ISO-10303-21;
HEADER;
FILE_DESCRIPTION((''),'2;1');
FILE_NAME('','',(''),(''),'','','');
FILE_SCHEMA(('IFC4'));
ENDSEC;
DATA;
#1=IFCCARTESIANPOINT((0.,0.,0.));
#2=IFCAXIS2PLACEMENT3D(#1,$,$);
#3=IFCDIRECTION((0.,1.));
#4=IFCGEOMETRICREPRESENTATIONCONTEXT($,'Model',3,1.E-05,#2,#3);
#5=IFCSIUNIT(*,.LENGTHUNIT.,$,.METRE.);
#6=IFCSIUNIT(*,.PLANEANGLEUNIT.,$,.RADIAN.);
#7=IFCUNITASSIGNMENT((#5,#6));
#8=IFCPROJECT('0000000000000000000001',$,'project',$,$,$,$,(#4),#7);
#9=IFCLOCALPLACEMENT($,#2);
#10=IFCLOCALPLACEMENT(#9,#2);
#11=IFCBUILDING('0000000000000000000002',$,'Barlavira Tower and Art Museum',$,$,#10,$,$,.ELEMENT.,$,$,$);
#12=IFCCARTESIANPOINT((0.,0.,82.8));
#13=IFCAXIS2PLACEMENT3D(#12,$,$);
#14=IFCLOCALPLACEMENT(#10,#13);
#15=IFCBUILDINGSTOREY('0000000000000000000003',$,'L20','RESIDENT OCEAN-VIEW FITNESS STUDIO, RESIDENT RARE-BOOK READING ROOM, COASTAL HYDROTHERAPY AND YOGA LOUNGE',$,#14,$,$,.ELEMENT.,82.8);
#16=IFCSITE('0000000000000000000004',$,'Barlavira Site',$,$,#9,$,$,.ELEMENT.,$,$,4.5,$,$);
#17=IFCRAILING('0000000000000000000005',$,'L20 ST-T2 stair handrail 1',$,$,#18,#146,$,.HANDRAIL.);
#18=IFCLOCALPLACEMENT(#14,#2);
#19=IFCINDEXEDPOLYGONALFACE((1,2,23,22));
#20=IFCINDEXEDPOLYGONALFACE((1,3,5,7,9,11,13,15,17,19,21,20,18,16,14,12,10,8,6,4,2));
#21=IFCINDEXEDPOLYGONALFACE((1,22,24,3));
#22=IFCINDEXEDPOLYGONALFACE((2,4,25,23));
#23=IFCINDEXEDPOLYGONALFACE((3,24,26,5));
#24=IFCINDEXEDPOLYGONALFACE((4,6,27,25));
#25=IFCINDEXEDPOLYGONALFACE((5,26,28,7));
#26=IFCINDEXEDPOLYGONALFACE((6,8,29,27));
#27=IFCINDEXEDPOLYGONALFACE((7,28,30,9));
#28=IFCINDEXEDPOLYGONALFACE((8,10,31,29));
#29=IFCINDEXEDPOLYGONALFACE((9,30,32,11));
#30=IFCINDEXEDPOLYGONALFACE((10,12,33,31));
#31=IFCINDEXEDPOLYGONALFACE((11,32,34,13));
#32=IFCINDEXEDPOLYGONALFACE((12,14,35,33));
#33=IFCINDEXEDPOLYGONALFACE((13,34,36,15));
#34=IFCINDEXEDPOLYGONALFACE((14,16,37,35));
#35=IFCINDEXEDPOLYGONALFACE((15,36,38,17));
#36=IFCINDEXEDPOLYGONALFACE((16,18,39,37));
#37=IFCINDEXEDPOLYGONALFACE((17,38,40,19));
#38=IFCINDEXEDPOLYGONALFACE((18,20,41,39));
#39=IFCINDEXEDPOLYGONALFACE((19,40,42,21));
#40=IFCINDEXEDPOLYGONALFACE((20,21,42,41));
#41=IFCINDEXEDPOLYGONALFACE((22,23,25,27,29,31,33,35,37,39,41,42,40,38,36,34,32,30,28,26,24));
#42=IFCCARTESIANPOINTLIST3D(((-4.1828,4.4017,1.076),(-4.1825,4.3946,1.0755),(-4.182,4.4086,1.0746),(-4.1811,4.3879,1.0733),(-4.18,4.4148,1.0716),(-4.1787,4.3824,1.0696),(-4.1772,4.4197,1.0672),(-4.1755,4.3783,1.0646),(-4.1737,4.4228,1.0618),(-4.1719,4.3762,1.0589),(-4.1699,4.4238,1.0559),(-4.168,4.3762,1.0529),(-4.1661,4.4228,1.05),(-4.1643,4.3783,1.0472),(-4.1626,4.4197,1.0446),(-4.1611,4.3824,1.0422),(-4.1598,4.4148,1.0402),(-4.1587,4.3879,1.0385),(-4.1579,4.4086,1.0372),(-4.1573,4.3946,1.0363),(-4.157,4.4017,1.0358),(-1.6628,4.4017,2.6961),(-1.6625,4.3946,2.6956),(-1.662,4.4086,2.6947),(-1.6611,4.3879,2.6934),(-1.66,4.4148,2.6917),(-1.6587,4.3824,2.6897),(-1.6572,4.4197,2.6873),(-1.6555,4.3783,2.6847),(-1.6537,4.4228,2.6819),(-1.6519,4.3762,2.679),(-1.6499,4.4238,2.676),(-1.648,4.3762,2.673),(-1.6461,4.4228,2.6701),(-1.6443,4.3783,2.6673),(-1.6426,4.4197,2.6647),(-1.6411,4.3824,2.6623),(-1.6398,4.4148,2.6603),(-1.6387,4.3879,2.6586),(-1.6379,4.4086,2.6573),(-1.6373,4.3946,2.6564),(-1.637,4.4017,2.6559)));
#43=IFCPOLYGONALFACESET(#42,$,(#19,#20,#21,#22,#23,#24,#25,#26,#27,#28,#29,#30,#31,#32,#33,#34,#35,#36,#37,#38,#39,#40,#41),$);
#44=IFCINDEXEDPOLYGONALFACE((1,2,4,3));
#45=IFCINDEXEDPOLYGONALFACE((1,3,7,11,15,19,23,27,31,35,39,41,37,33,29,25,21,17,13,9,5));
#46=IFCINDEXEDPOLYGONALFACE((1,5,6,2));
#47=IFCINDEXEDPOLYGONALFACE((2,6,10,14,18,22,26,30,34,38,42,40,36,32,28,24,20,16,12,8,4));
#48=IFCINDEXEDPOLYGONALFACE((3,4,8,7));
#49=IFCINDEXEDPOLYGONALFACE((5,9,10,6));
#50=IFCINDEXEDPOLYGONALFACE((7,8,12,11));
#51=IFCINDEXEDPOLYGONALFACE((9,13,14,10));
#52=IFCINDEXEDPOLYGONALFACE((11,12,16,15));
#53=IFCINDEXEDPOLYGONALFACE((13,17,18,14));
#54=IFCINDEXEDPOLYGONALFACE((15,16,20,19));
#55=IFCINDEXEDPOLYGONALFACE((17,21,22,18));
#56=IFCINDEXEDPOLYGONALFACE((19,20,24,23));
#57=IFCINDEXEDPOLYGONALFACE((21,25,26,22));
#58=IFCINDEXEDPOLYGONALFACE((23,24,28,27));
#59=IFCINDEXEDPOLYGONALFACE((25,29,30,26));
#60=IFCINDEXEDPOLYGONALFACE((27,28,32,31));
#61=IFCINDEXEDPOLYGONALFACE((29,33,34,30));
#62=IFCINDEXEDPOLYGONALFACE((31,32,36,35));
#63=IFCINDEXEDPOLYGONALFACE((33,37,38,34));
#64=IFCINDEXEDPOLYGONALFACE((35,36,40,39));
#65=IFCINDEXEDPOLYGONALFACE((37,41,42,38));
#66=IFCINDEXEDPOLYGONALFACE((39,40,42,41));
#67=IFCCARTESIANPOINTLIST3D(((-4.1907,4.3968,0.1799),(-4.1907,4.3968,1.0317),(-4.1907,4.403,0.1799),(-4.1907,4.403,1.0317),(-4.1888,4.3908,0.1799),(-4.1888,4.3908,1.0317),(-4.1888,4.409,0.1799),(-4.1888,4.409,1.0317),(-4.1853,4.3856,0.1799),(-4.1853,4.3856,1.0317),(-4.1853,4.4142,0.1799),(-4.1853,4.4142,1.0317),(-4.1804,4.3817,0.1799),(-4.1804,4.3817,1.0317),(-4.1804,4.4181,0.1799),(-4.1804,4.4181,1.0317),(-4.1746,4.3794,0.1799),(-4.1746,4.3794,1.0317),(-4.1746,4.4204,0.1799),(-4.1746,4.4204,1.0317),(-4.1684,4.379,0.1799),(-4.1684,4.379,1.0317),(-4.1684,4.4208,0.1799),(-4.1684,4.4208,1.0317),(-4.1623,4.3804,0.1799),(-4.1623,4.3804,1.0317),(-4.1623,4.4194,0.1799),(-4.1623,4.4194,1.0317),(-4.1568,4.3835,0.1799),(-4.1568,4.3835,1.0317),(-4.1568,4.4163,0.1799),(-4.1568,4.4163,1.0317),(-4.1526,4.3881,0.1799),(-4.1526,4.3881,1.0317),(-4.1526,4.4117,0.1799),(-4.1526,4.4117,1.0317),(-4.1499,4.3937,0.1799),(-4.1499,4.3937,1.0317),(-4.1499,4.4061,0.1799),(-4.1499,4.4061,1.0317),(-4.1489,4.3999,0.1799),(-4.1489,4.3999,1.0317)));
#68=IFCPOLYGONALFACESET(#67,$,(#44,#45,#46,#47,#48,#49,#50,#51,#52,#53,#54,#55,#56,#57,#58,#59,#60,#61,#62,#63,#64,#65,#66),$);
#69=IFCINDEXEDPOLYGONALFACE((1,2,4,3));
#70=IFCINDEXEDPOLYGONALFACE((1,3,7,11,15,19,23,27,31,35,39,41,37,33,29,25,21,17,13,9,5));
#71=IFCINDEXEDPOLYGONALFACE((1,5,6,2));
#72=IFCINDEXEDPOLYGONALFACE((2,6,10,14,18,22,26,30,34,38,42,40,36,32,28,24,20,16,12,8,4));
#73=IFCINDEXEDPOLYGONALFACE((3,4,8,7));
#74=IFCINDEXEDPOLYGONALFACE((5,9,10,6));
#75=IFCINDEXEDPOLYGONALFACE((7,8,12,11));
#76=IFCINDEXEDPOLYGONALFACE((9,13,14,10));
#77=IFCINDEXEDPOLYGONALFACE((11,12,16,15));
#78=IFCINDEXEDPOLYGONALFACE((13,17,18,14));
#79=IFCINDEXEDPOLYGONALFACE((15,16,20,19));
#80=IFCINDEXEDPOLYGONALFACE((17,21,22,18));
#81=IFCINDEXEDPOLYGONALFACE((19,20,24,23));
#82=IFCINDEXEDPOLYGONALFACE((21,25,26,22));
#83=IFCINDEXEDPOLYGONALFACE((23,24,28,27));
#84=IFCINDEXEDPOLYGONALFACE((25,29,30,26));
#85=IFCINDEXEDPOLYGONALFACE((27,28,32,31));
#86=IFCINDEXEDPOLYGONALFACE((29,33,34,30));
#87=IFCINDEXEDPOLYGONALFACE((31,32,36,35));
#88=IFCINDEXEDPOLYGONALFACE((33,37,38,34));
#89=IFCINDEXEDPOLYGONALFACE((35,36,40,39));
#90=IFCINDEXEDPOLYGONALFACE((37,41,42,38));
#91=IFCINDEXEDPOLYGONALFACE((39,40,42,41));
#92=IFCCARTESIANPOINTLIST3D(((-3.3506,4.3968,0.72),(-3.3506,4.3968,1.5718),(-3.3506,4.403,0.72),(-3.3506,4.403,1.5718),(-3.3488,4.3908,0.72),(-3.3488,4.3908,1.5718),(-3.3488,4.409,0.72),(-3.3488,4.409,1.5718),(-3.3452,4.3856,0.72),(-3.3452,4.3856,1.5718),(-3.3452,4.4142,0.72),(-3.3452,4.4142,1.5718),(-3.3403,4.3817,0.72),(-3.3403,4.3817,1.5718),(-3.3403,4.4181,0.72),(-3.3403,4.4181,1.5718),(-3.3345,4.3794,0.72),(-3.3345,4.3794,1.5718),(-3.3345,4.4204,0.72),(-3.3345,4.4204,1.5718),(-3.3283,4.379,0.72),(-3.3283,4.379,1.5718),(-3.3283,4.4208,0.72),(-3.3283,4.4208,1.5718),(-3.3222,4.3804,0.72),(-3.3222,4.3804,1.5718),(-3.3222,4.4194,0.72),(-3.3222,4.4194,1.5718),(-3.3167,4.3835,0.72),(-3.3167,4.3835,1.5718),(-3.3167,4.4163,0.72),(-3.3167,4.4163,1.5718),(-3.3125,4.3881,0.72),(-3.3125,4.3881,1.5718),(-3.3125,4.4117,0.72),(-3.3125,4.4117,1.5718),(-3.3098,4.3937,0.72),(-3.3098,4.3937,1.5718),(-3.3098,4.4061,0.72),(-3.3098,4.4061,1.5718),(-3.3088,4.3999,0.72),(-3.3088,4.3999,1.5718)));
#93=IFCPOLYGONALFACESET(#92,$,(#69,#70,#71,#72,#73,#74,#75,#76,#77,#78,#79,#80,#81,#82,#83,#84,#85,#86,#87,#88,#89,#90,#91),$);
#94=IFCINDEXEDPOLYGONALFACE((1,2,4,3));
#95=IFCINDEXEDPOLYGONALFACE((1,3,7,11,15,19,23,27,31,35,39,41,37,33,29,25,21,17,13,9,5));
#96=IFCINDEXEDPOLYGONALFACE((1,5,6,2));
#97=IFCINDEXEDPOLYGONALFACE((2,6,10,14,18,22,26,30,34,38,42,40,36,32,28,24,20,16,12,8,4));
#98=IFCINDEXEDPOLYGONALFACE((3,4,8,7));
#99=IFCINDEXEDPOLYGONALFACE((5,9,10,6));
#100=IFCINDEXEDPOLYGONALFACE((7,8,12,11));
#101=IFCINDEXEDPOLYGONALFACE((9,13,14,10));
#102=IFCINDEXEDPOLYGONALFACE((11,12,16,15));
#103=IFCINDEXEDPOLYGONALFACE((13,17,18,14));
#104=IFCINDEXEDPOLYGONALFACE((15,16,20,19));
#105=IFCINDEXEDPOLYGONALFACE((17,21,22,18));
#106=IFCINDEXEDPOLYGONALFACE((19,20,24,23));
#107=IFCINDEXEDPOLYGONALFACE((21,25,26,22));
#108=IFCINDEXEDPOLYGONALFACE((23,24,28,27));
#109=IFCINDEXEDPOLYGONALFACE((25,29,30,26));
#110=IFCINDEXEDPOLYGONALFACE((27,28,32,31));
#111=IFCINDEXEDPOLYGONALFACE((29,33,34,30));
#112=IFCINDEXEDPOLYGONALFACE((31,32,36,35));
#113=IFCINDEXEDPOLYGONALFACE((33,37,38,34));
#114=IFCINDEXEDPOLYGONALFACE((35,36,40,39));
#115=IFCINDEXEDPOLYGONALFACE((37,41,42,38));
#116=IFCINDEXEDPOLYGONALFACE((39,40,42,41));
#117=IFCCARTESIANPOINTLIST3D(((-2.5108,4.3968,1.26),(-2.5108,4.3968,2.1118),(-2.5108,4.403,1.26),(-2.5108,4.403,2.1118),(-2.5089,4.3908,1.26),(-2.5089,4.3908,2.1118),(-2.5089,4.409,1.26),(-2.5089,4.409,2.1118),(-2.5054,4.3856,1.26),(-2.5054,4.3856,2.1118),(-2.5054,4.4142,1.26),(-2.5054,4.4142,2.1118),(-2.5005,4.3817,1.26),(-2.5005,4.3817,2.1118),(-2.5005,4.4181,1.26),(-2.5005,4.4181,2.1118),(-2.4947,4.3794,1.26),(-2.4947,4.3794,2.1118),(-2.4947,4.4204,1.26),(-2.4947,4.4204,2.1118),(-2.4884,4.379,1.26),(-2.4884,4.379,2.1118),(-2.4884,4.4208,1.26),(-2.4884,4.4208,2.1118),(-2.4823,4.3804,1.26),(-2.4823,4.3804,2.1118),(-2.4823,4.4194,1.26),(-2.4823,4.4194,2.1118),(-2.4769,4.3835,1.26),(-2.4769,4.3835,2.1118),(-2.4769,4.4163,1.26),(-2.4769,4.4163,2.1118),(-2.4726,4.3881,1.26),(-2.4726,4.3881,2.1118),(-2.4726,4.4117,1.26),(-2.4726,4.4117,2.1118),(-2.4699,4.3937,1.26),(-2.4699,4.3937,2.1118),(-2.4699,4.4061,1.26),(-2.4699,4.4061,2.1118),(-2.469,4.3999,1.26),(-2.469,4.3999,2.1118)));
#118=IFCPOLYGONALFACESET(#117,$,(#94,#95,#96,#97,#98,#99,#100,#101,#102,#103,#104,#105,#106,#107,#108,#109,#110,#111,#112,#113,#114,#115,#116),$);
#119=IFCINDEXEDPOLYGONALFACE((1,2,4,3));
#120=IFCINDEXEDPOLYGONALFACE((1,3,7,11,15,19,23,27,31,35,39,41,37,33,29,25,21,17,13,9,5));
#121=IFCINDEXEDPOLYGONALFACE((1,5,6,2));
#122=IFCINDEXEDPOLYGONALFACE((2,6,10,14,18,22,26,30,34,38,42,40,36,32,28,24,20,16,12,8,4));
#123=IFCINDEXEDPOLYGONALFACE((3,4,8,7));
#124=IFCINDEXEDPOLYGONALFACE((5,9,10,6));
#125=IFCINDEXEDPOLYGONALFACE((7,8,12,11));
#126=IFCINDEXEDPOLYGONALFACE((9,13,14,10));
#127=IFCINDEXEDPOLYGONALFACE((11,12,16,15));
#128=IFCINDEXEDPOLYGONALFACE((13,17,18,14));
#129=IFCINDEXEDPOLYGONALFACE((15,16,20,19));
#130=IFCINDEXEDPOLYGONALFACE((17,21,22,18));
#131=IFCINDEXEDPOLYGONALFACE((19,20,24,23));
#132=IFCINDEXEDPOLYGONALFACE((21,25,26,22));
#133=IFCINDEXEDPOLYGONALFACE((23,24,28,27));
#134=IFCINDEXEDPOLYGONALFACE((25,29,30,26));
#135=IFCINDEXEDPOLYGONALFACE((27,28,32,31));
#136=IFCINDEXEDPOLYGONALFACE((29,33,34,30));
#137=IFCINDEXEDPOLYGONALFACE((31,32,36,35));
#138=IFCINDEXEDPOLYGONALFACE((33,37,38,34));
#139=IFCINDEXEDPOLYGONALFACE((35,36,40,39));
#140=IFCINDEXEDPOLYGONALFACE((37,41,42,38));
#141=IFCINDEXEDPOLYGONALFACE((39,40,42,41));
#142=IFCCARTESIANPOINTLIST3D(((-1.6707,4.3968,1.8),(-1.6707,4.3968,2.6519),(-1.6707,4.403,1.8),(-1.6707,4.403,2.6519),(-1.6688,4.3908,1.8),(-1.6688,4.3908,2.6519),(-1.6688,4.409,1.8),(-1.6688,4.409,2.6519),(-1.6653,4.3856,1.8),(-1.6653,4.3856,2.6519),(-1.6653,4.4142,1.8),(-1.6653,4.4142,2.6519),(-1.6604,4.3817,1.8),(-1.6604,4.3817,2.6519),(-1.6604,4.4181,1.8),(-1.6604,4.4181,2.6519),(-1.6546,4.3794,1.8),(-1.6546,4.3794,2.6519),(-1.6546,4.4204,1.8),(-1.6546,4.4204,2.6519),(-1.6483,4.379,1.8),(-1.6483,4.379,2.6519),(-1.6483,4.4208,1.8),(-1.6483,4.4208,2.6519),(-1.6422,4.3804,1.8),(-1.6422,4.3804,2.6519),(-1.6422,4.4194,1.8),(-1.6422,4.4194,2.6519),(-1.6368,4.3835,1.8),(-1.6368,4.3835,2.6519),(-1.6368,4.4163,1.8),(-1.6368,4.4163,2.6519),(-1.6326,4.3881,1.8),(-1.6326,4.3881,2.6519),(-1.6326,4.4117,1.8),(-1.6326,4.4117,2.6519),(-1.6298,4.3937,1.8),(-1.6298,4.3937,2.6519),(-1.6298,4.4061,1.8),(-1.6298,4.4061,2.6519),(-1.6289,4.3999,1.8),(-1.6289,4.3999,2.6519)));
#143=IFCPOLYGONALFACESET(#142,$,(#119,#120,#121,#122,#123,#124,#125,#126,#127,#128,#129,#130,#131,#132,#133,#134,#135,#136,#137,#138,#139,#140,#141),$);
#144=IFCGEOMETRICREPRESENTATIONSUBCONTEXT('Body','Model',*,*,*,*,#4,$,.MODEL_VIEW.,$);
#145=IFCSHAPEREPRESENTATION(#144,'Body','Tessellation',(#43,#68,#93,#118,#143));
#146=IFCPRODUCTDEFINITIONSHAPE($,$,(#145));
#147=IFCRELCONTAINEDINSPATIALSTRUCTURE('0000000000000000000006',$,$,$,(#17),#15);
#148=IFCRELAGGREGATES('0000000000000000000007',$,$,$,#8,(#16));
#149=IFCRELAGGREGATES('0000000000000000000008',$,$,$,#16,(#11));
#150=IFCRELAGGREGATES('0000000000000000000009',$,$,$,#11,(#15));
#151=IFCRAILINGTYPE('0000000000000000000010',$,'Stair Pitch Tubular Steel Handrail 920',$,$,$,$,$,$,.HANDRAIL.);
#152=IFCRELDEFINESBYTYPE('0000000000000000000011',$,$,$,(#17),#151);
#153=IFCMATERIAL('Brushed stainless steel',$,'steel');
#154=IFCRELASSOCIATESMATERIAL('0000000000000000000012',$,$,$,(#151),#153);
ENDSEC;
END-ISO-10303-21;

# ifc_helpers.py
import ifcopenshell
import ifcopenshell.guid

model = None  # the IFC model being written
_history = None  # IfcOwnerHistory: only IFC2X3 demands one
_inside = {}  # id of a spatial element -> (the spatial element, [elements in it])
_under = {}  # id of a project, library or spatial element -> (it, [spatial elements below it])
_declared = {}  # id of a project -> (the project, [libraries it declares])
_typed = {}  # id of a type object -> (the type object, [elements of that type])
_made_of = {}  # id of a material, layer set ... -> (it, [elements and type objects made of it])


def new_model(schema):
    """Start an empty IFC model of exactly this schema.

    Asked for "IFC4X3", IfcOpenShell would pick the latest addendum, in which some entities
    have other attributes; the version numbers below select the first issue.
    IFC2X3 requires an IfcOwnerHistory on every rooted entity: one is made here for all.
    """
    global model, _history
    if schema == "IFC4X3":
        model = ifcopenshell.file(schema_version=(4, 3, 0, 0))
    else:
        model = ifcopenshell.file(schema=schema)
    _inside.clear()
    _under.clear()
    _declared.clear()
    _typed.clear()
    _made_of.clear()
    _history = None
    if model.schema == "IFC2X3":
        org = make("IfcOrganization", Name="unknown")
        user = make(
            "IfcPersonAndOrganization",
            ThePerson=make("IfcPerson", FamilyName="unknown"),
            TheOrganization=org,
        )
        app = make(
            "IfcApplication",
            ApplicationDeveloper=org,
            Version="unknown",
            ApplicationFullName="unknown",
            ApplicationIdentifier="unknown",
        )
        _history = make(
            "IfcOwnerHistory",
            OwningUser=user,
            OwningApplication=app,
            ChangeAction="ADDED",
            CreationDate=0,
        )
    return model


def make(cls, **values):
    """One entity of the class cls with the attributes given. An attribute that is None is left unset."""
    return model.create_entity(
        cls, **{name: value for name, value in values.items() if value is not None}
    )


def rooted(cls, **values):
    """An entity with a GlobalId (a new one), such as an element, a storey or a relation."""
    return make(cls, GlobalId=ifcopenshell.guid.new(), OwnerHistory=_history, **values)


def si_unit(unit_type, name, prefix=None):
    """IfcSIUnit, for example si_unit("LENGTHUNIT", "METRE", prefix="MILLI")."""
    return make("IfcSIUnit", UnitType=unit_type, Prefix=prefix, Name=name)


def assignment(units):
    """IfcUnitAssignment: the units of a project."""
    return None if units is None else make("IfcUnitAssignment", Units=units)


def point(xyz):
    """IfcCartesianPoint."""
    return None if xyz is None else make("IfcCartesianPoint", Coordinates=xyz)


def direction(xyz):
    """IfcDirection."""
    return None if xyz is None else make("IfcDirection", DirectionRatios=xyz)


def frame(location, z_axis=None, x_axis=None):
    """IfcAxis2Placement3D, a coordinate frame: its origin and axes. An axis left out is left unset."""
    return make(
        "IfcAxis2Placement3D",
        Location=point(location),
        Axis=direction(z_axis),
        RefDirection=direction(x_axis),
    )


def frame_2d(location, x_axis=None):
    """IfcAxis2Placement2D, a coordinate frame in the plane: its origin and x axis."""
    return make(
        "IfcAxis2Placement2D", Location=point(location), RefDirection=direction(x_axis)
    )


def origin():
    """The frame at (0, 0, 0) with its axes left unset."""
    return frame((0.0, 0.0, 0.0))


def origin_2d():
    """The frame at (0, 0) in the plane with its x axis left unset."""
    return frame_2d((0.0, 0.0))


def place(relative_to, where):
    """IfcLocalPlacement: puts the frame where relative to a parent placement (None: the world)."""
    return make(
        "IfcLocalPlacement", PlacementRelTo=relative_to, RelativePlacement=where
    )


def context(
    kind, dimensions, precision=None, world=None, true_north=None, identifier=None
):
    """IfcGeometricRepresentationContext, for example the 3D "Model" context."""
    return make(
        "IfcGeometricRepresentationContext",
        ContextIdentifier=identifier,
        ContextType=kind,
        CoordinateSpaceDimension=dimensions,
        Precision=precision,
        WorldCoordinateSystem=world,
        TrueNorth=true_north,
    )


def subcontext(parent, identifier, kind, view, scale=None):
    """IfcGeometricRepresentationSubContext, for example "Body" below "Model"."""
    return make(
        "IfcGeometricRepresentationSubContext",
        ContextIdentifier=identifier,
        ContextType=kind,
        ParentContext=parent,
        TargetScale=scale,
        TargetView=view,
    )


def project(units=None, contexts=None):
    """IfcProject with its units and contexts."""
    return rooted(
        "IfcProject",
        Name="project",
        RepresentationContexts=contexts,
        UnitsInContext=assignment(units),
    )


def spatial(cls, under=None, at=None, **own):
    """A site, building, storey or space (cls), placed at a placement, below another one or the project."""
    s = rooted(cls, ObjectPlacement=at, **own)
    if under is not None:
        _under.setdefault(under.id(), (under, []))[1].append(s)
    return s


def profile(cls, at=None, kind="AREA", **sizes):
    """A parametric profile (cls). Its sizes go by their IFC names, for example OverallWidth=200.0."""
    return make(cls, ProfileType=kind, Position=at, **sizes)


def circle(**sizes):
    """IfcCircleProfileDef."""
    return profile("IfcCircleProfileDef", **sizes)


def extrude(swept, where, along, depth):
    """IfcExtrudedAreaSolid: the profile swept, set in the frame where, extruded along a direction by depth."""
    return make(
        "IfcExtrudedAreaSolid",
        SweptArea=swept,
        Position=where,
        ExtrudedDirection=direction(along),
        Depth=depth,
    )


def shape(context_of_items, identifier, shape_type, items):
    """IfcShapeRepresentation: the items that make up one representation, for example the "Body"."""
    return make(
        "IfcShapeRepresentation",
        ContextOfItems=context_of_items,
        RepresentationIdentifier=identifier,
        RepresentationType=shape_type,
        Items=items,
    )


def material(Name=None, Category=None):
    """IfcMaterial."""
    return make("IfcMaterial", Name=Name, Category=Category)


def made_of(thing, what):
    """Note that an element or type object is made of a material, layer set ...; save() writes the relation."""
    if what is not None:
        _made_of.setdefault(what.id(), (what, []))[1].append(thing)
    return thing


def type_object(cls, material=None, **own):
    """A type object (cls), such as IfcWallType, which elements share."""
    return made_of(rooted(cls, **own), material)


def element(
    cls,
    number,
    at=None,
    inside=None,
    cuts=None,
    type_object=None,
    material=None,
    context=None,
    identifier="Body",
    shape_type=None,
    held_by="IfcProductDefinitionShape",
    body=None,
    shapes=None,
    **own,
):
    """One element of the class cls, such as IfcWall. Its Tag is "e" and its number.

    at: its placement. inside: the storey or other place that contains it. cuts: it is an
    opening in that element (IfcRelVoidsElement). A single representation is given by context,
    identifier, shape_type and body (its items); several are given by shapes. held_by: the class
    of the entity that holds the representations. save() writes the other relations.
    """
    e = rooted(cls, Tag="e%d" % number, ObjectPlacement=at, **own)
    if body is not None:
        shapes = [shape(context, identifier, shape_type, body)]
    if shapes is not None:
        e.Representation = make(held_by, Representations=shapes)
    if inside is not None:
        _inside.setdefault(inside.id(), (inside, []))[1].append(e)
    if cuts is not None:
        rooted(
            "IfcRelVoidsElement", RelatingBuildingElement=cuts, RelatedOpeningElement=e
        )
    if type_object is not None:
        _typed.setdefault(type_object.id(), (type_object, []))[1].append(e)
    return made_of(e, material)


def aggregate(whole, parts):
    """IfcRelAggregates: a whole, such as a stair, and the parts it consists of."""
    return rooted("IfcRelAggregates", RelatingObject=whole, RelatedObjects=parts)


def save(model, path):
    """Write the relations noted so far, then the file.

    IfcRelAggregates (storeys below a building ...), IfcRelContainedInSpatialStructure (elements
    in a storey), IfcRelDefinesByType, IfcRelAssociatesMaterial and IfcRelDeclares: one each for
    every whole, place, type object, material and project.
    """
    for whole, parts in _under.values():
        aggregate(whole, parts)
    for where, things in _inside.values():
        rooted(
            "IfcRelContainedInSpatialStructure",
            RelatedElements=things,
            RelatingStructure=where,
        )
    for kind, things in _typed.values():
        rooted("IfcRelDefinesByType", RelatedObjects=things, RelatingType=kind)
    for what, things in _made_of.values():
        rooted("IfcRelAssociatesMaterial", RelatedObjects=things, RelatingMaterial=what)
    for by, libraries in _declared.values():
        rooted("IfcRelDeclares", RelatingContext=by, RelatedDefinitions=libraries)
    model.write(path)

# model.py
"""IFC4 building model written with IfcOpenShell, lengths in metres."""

from ifc_helpers import new_model, si_unit, direction, frame, origin, origin_2d, place, context, subcontext, project, spatial, circle, extrude, material, type_object, element, save


model = new_model("IFC4")

# Units and contexts
model_context = context("Model", 3, precision=1e-05, world=origin(), true_north=direction((0.0, 1.0)))
body_context = subcontext(model_context, "Body", "Model", "MODEL_VIEW")
ifc_project = project(units=[si_unit("LENGTHUNIT", "METRE"), si_unit("PLANEANGLEUNIT", "RADIAN")], contexts=[model_context])

# Site, building, storey
site_placement = place(None, origin())
site = spatial("IfcSite", under=ifc_project, at=site_placement, Name="Barlavira Site", CompositionType="ELEMENT", RefElevation=4.5)
building_placement = place(site_placement, origin())
building = spatial("IfcBuilding", under=site, at=building_placement, Name="Barlavira Tower and Art Museum", CompositionType="ELEMENT")
storey_placement = place(building_placement, frame((0.0, 0.0, 82.8)))
storey = spatial("IfcBuildingStorey", under=building, at=storey_placement, Name="L20", Description="RESIDENT OCEAN-VIEW FITNESS STUDIO, RESIDENT RARE-BOOK READING ROOM, COASTAL HYDROTHERAPY AND YOGA LOUNGE", CompositionType="ELEMENT", Elevation=82.8)

# Shared definitions
ifc_material_1 = material(Name="Brushed stainless steel", Category="steel")

# Railing
railing_type_1 = type_object("IfcRailingType", Name="Stair Pitch Tubular Steel Handrail 920", PredefinedType="HANDRAIL", material=ifc_material_1)
railing_1_placement = place(storey_placement, frame((-4.1699, 4.3999, 0.1799)))
element("IfcRailing", 1, at=railing_1_placement, inside=storey, type_object=railing_type_1, Name="L20 ST-T2 stair handrail 1", PredefinedType="HANDRAIL", context=body_context, shape_type="SweptSolid", body=[
    extrude(circle(Radius=0.0239, at=origin_2d()), frame((0.0, 0.0, 0.876), z_axis=(0.841163, 0.0, 0.540782), x_axis=(0.0, 1.0, 0.0)), (0.0, 0.0, 1.0), 2.9958),
    extrude(circle(Radius=0.021, at=origin_2d()), origin(), (0.0, 0.0, 1.0), 0.8518),
    extrude(circle(Radius=0.021, at=origin_2d()), frame((0.8401, 0.0, 0.54)), (0.0, 0.0, 1.0), 0.8518),
    extrude(circle(Radius=0.021, at=origin_2d()), frame((1.6799, 0.0, 1.0801)), (0.0, 0.0, 1.0), 0.8518),
    extrude(circle(Radius=0.021, at=origin_2d()), frame((2.52, 0.0, 1.6201)), (0.0, 0.0, 1.0), 0.8518),
])

save(model, "model.ifc")
